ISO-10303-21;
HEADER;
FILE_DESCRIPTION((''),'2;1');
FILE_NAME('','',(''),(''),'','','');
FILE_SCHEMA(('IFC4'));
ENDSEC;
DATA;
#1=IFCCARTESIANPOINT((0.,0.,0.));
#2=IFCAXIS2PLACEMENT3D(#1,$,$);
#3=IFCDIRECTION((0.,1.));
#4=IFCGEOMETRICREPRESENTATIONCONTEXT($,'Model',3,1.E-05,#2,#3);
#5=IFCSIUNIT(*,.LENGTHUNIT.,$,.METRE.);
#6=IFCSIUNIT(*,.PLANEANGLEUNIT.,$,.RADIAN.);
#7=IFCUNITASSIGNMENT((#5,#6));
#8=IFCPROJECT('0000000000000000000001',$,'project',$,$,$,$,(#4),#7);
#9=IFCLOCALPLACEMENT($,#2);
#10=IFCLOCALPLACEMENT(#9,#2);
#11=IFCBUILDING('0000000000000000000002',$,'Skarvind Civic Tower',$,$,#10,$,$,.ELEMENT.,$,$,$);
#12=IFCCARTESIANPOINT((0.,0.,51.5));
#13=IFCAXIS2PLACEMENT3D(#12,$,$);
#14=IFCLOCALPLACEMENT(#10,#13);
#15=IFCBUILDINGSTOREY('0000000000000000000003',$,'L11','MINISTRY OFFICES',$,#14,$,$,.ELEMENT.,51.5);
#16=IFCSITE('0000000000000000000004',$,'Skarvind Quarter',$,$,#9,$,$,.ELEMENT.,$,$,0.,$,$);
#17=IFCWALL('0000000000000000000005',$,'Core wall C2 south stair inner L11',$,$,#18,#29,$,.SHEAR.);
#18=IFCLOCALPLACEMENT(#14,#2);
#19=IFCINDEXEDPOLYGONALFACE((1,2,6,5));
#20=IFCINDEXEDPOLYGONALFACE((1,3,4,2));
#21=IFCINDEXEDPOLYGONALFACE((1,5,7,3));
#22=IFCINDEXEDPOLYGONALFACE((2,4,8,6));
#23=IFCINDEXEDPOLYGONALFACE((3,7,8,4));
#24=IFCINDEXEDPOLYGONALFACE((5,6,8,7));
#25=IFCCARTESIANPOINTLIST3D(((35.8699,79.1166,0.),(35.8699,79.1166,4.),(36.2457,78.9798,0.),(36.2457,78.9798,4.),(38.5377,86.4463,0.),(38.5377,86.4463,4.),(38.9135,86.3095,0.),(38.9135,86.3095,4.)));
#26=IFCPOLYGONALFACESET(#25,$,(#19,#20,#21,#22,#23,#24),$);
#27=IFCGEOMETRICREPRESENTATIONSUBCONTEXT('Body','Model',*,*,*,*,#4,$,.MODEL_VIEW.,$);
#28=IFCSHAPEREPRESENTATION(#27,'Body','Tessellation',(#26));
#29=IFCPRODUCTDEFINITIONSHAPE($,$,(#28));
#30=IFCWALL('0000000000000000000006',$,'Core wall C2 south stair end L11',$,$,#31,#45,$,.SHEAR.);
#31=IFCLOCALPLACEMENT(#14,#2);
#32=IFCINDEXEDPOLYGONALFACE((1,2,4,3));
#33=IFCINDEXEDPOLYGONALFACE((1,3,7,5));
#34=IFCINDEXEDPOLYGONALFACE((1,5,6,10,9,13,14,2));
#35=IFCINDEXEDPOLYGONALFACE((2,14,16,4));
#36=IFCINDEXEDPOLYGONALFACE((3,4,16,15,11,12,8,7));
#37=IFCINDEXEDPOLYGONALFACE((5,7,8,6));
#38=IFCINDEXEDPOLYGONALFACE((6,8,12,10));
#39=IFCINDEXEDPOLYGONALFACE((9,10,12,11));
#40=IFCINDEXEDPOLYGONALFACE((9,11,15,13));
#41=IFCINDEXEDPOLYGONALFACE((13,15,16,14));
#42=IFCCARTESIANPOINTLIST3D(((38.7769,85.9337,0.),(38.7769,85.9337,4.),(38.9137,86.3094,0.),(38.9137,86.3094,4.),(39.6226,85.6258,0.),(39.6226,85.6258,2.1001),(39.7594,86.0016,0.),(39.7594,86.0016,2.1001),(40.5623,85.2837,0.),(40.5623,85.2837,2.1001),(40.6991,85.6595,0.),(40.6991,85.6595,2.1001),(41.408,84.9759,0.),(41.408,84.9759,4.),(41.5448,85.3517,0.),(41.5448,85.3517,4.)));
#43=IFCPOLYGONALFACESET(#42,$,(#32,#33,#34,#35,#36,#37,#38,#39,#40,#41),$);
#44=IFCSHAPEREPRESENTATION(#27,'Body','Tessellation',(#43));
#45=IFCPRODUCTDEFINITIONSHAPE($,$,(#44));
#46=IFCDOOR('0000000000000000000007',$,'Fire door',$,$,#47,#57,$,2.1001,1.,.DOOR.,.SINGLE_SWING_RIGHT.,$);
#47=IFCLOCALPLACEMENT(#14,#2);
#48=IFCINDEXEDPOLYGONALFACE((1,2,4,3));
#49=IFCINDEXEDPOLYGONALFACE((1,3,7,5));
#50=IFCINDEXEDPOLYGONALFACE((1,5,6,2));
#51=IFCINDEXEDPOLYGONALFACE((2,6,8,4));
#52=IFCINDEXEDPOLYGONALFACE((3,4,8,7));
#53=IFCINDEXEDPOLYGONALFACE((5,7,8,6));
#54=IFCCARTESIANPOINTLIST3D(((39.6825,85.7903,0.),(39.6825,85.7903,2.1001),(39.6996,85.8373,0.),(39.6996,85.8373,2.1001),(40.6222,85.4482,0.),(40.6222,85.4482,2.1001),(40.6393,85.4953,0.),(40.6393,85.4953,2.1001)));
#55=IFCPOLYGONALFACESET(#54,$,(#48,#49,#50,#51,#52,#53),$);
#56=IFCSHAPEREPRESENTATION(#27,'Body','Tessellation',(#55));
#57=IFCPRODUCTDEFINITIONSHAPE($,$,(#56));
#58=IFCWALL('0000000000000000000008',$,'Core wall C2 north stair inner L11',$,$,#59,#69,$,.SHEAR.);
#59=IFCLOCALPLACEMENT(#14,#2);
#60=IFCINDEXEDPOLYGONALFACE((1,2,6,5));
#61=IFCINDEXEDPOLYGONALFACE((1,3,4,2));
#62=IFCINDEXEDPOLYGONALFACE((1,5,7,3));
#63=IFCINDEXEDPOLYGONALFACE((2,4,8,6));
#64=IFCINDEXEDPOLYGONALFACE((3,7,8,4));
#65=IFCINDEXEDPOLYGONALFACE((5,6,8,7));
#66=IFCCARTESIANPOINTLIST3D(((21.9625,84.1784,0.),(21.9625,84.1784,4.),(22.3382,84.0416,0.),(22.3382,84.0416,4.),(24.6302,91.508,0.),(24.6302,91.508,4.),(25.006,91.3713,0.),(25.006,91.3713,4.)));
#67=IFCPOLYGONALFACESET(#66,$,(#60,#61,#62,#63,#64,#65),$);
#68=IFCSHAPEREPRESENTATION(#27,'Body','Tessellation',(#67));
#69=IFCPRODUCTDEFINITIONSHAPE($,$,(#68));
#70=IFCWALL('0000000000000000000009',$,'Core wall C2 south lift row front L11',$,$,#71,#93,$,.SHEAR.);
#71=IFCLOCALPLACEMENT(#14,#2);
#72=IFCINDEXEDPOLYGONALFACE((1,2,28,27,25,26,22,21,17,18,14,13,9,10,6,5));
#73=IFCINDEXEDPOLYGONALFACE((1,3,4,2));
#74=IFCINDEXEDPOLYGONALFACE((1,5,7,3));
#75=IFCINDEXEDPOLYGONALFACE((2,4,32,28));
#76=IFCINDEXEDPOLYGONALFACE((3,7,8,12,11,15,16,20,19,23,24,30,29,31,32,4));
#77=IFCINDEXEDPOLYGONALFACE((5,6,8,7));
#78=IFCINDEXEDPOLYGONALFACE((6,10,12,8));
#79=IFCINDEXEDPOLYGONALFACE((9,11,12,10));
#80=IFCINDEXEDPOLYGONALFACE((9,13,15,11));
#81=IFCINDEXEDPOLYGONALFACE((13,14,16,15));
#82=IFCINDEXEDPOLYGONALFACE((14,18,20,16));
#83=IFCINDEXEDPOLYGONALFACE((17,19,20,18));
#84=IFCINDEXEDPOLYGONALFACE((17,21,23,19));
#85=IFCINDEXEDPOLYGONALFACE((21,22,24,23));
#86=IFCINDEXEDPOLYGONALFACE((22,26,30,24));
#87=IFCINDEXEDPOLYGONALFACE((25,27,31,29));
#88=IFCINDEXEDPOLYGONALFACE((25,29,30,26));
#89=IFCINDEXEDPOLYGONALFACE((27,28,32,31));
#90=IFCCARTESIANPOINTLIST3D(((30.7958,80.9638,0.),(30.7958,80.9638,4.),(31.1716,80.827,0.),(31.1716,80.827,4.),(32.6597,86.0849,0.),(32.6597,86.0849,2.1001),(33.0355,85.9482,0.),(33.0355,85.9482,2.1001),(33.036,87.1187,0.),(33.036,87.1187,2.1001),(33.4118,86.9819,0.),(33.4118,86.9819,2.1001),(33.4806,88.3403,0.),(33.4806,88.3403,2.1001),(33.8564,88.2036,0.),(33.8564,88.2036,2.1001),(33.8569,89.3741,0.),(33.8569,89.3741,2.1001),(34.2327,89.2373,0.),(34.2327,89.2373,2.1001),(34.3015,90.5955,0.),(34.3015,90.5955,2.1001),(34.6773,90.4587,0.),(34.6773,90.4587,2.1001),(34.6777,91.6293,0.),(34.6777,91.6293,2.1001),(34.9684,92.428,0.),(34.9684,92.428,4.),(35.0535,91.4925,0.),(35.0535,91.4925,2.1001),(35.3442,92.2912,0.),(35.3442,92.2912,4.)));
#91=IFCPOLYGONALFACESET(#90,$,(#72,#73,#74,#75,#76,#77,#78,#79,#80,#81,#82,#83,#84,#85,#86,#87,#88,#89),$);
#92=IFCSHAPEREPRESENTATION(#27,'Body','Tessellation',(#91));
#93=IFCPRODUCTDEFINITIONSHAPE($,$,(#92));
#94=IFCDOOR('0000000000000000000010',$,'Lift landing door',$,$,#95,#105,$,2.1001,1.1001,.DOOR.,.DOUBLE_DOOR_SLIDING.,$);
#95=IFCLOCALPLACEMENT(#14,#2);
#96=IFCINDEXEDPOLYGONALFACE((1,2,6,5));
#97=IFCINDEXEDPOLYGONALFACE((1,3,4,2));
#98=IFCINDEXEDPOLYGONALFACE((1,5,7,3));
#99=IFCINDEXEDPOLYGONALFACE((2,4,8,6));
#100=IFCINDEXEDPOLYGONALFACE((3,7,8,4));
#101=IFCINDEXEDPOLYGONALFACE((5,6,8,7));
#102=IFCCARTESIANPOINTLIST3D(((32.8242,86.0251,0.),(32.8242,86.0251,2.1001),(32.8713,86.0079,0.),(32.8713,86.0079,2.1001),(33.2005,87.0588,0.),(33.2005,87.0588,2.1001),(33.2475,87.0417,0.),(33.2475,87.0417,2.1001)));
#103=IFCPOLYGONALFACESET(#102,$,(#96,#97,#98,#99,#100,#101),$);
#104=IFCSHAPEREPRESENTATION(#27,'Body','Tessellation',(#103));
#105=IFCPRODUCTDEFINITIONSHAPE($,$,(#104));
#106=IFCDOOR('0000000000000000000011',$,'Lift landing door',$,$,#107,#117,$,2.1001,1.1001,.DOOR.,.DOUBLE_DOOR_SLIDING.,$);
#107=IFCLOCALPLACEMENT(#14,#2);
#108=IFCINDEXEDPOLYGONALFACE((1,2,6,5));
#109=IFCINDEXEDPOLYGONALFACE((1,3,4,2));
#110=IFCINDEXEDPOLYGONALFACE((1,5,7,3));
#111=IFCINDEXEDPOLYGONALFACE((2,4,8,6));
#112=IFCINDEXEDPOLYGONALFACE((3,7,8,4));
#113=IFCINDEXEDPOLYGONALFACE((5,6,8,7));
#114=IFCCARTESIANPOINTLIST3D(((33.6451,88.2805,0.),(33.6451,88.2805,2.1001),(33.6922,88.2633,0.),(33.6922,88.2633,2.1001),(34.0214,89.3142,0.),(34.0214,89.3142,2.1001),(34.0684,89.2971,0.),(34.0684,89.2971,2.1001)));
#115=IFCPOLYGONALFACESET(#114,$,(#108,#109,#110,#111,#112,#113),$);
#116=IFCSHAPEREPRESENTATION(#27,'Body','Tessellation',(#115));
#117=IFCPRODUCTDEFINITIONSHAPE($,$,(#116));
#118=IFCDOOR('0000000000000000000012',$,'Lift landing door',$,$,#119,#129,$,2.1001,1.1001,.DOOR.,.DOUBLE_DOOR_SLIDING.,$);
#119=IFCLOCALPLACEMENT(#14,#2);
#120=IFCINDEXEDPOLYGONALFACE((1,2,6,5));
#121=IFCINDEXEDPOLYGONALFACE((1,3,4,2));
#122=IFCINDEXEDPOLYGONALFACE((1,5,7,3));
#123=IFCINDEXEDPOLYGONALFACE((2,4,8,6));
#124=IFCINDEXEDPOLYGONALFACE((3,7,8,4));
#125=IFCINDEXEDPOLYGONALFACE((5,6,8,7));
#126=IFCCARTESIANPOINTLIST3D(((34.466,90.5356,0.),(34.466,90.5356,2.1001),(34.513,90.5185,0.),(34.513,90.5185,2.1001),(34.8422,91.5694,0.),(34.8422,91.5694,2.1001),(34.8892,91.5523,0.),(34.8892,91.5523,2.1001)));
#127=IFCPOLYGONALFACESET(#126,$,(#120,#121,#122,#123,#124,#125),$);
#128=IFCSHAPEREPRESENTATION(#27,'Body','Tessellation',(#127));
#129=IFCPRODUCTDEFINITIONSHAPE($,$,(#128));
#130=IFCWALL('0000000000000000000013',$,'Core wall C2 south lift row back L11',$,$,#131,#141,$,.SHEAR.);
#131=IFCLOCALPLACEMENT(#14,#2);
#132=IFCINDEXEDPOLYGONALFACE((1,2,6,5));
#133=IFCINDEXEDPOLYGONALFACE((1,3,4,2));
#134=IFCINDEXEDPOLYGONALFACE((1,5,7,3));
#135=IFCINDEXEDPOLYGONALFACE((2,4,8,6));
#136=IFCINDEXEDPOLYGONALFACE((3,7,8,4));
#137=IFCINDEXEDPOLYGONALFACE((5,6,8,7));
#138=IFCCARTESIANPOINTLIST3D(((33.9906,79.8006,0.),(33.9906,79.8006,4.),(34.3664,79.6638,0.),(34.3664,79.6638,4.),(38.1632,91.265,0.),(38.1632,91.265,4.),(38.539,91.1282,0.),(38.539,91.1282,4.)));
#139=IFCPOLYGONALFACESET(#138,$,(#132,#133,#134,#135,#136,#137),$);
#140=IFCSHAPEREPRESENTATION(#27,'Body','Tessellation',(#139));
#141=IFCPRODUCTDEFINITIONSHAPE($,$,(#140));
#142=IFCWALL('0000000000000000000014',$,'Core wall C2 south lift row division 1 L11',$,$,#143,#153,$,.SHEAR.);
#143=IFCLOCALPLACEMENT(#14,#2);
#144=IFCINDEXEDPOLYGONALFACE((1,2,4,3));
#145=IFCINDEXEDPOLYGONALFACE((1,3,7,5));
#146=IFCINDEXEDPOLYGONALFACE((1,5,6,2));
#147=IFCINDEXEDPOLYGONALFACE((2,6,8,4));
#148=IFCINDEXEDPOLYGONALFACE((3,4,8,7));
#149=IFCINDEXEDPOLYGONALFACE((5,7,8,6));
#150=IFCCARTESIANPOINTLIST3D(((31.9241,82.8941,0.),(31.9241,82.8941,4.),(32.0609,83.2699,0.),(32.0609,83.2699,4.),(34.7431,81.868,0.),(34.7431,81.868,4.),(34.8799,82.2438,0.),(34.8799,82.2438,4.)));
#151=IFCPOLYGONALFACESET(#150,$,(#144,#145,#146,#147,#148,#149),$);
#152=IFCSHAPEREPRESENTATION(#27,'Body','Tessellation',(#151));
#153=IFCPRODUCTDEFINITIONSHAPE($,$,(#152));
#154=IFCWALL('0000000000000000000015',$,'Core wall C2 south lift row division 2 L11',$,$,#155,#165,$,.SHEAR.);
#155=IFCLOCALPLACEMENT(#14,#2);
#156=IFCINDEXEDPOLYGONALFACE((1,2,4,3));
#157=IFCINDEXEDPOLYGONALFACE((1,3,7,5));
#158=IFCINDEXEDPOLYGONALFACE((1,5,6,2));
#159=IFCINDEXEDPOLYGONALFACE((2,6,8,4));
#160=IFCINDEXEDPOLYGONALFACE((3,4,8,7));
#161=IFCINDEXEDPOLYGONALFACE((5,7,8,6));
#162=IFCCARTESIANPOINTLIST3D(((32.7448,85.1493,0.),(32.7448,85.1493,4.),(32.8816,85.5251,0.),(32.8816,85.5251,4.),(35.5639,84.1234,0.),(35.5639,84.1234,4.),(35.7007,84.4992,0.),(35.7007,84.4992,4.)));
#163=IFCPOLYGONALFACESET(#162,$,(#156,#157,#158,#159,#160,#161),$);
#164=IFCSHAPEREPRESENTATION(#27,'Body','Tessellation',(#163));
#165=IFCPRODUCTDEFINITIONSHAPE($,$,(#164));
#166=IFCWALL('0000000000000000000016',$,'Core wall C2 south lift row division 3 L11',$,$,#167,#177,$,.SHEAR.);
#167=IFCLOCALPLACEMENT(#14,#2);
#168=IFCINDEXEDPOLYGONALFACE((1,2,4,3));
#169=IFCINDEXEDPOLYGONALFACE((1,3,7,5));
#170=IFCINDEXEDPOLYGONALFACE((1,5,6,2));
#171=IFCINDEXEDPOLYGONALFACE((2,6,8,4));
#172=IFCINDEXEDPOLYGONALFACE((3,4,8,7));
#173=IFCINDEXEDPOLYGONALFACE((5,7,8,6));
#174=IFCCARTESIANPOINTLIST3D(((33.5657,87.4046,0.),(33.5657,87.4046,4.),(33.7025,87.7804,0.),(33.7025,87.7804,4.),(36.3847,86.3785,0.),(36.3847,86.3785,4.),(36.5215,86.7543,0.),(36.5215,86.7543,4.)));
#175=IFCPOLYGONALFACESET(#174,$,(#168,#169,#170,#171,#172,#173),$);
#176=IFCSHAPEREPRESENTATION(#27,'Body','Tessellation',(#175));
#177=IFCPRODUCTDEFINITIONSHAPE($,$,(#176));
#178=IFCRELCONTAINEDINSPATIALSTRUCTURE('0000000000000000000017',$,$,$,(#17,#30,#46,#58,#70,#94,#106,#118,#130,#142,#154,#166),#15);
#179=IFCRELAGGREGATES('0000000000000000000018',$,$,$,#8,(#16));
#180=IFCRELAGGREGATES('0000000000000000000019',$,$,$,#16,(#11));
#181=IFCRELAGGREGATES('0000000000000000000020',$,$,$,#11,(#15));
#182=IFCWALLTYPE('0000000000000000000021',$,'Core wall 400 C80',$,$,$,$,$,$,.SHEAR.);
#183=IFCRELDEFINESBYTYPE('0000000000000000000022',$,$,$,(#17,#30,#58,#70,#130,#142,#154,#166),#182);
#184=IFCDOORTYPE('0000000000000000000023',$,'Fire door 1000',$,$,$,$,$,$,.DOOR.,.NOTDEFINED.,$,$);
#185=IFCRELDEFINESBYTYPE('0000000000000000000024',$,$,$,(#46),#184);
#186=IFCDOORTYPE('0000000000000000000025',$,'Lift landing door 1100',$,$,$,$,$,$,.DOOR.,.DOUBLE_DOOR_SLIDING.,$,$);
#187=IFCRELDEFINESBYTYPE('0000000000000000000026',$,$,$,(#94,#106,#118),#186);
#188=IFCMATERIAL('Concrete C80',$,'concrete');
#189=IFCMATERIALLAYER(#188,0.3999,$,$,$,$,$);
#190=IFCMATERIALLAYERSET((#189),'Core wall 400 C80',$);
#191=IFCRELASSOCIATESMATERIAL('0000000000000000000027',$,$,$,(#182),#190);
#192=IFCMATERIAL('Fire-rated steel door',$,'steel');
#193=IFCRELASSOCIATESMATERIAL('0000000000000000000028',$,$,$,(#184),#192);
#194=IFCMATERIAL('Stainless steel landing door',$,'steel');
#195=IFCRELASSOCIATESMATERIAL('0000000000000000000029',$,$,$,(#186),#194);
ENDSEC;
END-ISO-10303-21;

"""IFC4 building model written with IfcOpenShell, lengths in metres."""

from ifc_helpers import new_model, si_unit, direction, frame, frame_2d, origin, place, context, subcontext, project, spatial, rectangle, extrude, material, layer, layer_set, type_object, element, fill, save


model = new_model("IFC4")

# Units and contexts
model_context = context("Model", 3, precision=1e-05, world=origin(), true_north=direction((0.0, 1.0)))
body_context = subcontext(model_context, "Body", "Model", "MODEL_VIEW")
ifc_project = project(units=[si_unit("LENGTHUNIT", "METRE"), si_unit("PLANEANGLEUNIT", "RADIAN")], contexts=[model_context])

# Site, building, storey
site_placement = place(None, origin())
site = spatial("IfcSite", under=ifc_project, at=site_placement, Name="Skarvind Quarter", CompositionType="ELEMENT", RefElevation=0.0)
building_placement = place(site_placement, origin())
building = spatial("IfcBuilding", under=site, at=building_placement, Name="Skarvind Civic Tower", CompositionType="ELEMENT")
storey_placement = place(building_placement, frame((0.0, 0.0, 51.5)))
storey = spatial("IfcBuildingStorey", under=building, at=storey_placement, Name="L11", Description="MINISTRY OFFICES", CompositionType="ELEMENT", Elevation=51.5)

# Wall
ifc_material_1 = material(Name="Concrete C80", Category="concrete")
ifc_layer_1 = layer(ifc_material_1, 0.3999)
ifc_layer_set_1 = layer_set([ifc_layer_1], Name="Core wall 400 C80")
wall_type_1 = type_object("IfcWallType", Name="Core wall 400 C80", PredefinedType="SHEAR", material=ifc_layer_set_1)
wall_1_placement = place(storey_placement, frame((36.0579, 79.0483, 0.0), z_axis=(0.0, 0.0, 1.0), x_axis=(0.342017, 0.939694, 0.0)))
element("IfcWall", 1, at=wall_1_placement, inside=storey, type_object=wall_type_1, Name="Core wall C2 south stair inner L11", PredefinedType="SHEAR", context=body_context, shape_type="SweptSolid", body=[
    extrude(rectangle(XDim=7.8, YDim=0.3999, at=frame_2d((3.8999, 0.0))), origin(), (0.0, 0.0, 1.0), 4.0),
])

# Wall, opening, door
wall_2_placement = place(storey_placement, frame((41.4763, 85.1638, 0.0), z_axis=(0.0, 0.0, 1.0), x_axis=(-0.939679, 0.342058, 0.0)))
wall_2 = element("IfcWall", 2, at=wall_2_placement, inside=storey, type_object=wall_type_1, Name="Core wall C2 south stair end L11", PredefinedType="SHEAR", context=body_context, shape_type="SweptSolid", body=[
    extrude(rectangle(XDim=2.8, YDim=0.3999, at=frame_2d((1.3999, 0.0))), origin(), (0.0, 0.0, 1.0), 4.0),
])
opening_1_placement = place(wall_2_placement, frame((0.8999, 0.0, 0.0)))
opening_1 = element("IfcOpeningElement", 3, at=opening_1_placement, cuts=wall_2, PredefinedType="OPENING", context=body_context, shape_type="SweptSolid", body=[
    extrude(rectangle(XDim=1.0, YDim=2.1001, at=frame_2d((0.5, 1.05))), frame((0.0, 0.21, 0.0), z_axis=(0.0, -1.0, 0.0), x_axis=(1.0, 0.0, 0.0)), (0.0, 0.0, 1.0), 0.4199),
])
ifc_material_2 = material(Name="Fire-rated steel door", Category="steel")
door_type_1 = type_object("IfcDoorType", Name="Fire door 1000", OperationType="NOTDEFINED", PredefinedType="DOOR", material=ifc_material_2)
door_1_placement = place(opening_1_placement, origin())
door_1 = element("IfcDoor", 4, at=door_1_placement, inside=storey, type_object=door_type_1, Name="Fire door", OperationType="SINGLE_SWING_RIGHT", OverallHeight=2.1001, OverallWidth=1.0, PredefinedType="DOOR", context=body_context, shape_type="SweptSolid", body=[
    extrude(rectangle(XDim=1.0, YDim=2.1001, at=frame_2d((0.5, 1.05))), frame((0.0, 0.0249, 0.0), z_axis=(0.0, -1.0, 0.0), x_axis=(1.0, 0.0, 0.0)), (0.0, 0.0, 1.0), 0.05),
])
fill(opening_1, door_1)

# Wall
wall_3_placement = place(storey_placement, frame((22.1504, 84.1101, 0.0), z_axis=(0.0, 0.0, 1.0), x_axis=(0.342017, 0.939694, 0.0)))
element("IfcWall", 5, at=wall_3_placement, inside=storey, type_object=wall_type_1, Name="Core wall C2 north stair inner L11", PredefinedType="SHEAR", context=body_context, shape_type="SweptSolid", body=[
    extrude(rectangle(XDim=7.8, YDim=0.3999, at=frame_2d((3.8999, 0.0))), origin(), (0.0, 0.0, 1.0), 4.0),
])

# Wall, openings, doors
wall_4_placement = place(storey_placement, frame((30.9836, 80.8953, 0.0), z_axis=(0.0, 0.0, 1.0), x_axis=(0.342021, 0.939692, 0.0)))
wall_4 = element("IfcWall", 6, at=wall_4_placement, inside=storey, type_object=wall_type_1, Name="Core wall C2 south lift row front L11", PredefinedType="SHEAR", context=body_context, shape_type="SweptSolid", body=[
    extrude(rectangle(XDim=12.2, YDim=0.3999, at=frame_2d((6.1001, 0.0))), origin(), (0.0, 0.0, 1.0), 4.0),
])
opening_2_placement = place(wall_4_placement, frame((5.45, 0.0, 0.0)))
opening_2 = element("IfcOpeningElement", 7, at=opening_2_placement, cuts=wall_4, PredefinedType="OPENING", context=body_context, shape_type="SweptSolid", body=[
    extrude(rectangle(XDim=1.1001, YDim=2.1001, at=frame_2d((0.55, 1.05))), frame((0.0, 0.21, 0.0), z_axis=(0.0, -1.0, 0.0), x_axis=(1.0, 0.0, 0.0)), (0.0, 0.0, 1.0), 0.4199),
])
opening_3_placement = place(wall_4_placement, frame((7.8501, 0.0, 0.0)))
opening_3 = element("IfcOpeningElement", 8, at=opening_3_placement, cuts=wall_4, PredefinedType="OPENING", context=body_context, shape_type="SweptSolid", body=[
    extrude(rectangle(XDim=1.1001, YDim=2.1001, at=frame_2d((0.55, 1.05))), frame((0.0, 0.21, 0.0), z_axis=(0.0, -1.0, 0.0), x_axis=(1.0, 0.0, 0.0)), (0.0, 0.0, 1.0), 0.4199),
])
opening_4_placement = place(wall_4_placement, frame((10.25, 0.0, 0.0)))
opening_4 = element("IfcOpeningElement", 9, at=opening_4_placement, cuts=wall_4, PredefinedType="OPENING", context=body_context, shape_type="SweptSolid", body=[
    extrude(rectangle(XDim=1.1001, YDim=2.1001, at=frame_2d((0.55, 1.05))), frame((0.0, 0.21, 0.0), z_axis=(0.0, -1.0, 0.0), x_axis=(1.0, 0.0, 0.0)), (0.0, 0.0, 1.0), 0.4199),
])
ifc_material_3 = material(Name="Stainless steel landing door", Category="steel")
door_type_2 = type_object("IfcDoorType", Name="Lift landing door 1100", OperationType="DOUBLE_DOOR_SLIDING", PredefinedType="DOOR", material=ifc_material_3)
door_2_placement = place(opening_2_placement, origin())
door_2 = element("IfcDoor", 10, at=door_2_placement, inside=storey, type_object=door_type_2, Name="Lift landing door", OperationType="DOUBLE_DOOR_SLIDING", OverallHeight=2.1001, OverallWidth=1.1001, PredefinedType="DOOR", context=body_context, shape_type="SweptSolid", body=[
    extrude(rectangle(XDim=1.1001, YDim=2.1001, at=frame_2d((0.55, 1.05))), frame((0.0, 0.0249, 0.0), z_axis=(0.0, -1.0, 0.0), x_axis=(1.0, 0.0, 0.0)), (0.0, 0.0, 1.0), 0.05),
])
fill(opening_2, door_2)
door_3_placement = place(opening_3_placement, origin())
door_3 = element("IfcDoor", 11, at=door_3_placement, inside=storey, type_object=door_type_2, Name="Lift landing door", OperationType="DOUBLE_DOOR_SLIDING", OverallHeight=2.1001, OverallWidth=1.1001, PredefinedType="DOOR", context=body_context, shape_type="SweptSolid", body=[
    extrude(rectangle(XDim=1.1001, YDim=2.1001, at=frame_2d((0.55, 1.05))), frame((0.0, 0.0249, 0.0), z_axis=(0.0, -1.0, 0.0), x_axis=(1.0, 0.0, 0.0)), (0.0, 0.0, 1.0), 0.05),
])
fill(opening_3, door_3)
door_4_placement = place(opening_4_placement, origin())
door_4 = element("IfcDoor", 12, at=door_4_placement, inside=storey, type_object=door_type_2, Name="Lift landing door", OperationType="DOUBLE_DOOR_SLIDING", OverallHeight=2.1001, OverallWidth=1.1001, PredefinedType="DOOR", context=body_context, shape_type="SweptSolid", body=[
    extrude(rectangle(XDim=1.1001, YDim=2.1001, at=frame_2d((0.55, 1.05))), frame((0.0, 0.0249, 0.0), z_axis=(0.0, -1.0, 0.0), x_axis=(1.0, 0.0, 0.0)), (0.0, 0.0, 1.0), 0.05),
])
fill(opening_4, door_4)

# Walls
wall_5_placement = place(storey_placement, frame((34.1785, 79.7322, 0.0), z_axis=(0.0, 0.0, 1.0), x_axis=(0.342015, 0.939695, 0.0)))
element("IfcWall", 13, at=wall_5_placement, inside=storey, type_object=wall_type_1, Name="Core wall C2 south lift row back L11", PredefinedType="SHEAR", context=body_context, shape_type="SweptSolid", body=[
    extrude(rectangle(XDim=12.2002, YDim=0.3999, at=frame_2d((6.1001, 0.0))), origin(), (0.0, 0.0, 1.0), 4.0),
])
for number, where, z_axis, x_axis, name in (
    (14, (34.8115, 82.0559, 0.0), (0.0, 0.0, 1.0), (-0.939686, 0.342037, 0.0), "Core wall C2 south lift row division 1 L11"),
    (15, (35.6323, 84.3113, 0.0), (0.0, 0.0, 1.0), (-0.939713, 0.341965, 0.0), "Core wall C2 south lift row division 2 L11"),
    (16, (36.4531, 86.5664, 0.0), (0.0, 0.0, 1.0), (-0.939686, 0.342037, 0.0), "Core wall C2 south lift row division 3 L11"),
):
    element("IfcWall", number, at=place(storey_placement, frame(where, z_axis=z_axis, x_axis=x_axis)), inside=storey, type_object=wall_type_1, Name=name, PredefinedType="SHEAR", context=body_context, shape_type="SweptSolid", body=[
        extrude(rectangle(XDim=3.0, YDim=0.3999, at=frame_2d((1.5, 0.0))), origin(), (0.0, 0.0, 1.0), 4.0),
    ])

save(model, "model.ifc")
